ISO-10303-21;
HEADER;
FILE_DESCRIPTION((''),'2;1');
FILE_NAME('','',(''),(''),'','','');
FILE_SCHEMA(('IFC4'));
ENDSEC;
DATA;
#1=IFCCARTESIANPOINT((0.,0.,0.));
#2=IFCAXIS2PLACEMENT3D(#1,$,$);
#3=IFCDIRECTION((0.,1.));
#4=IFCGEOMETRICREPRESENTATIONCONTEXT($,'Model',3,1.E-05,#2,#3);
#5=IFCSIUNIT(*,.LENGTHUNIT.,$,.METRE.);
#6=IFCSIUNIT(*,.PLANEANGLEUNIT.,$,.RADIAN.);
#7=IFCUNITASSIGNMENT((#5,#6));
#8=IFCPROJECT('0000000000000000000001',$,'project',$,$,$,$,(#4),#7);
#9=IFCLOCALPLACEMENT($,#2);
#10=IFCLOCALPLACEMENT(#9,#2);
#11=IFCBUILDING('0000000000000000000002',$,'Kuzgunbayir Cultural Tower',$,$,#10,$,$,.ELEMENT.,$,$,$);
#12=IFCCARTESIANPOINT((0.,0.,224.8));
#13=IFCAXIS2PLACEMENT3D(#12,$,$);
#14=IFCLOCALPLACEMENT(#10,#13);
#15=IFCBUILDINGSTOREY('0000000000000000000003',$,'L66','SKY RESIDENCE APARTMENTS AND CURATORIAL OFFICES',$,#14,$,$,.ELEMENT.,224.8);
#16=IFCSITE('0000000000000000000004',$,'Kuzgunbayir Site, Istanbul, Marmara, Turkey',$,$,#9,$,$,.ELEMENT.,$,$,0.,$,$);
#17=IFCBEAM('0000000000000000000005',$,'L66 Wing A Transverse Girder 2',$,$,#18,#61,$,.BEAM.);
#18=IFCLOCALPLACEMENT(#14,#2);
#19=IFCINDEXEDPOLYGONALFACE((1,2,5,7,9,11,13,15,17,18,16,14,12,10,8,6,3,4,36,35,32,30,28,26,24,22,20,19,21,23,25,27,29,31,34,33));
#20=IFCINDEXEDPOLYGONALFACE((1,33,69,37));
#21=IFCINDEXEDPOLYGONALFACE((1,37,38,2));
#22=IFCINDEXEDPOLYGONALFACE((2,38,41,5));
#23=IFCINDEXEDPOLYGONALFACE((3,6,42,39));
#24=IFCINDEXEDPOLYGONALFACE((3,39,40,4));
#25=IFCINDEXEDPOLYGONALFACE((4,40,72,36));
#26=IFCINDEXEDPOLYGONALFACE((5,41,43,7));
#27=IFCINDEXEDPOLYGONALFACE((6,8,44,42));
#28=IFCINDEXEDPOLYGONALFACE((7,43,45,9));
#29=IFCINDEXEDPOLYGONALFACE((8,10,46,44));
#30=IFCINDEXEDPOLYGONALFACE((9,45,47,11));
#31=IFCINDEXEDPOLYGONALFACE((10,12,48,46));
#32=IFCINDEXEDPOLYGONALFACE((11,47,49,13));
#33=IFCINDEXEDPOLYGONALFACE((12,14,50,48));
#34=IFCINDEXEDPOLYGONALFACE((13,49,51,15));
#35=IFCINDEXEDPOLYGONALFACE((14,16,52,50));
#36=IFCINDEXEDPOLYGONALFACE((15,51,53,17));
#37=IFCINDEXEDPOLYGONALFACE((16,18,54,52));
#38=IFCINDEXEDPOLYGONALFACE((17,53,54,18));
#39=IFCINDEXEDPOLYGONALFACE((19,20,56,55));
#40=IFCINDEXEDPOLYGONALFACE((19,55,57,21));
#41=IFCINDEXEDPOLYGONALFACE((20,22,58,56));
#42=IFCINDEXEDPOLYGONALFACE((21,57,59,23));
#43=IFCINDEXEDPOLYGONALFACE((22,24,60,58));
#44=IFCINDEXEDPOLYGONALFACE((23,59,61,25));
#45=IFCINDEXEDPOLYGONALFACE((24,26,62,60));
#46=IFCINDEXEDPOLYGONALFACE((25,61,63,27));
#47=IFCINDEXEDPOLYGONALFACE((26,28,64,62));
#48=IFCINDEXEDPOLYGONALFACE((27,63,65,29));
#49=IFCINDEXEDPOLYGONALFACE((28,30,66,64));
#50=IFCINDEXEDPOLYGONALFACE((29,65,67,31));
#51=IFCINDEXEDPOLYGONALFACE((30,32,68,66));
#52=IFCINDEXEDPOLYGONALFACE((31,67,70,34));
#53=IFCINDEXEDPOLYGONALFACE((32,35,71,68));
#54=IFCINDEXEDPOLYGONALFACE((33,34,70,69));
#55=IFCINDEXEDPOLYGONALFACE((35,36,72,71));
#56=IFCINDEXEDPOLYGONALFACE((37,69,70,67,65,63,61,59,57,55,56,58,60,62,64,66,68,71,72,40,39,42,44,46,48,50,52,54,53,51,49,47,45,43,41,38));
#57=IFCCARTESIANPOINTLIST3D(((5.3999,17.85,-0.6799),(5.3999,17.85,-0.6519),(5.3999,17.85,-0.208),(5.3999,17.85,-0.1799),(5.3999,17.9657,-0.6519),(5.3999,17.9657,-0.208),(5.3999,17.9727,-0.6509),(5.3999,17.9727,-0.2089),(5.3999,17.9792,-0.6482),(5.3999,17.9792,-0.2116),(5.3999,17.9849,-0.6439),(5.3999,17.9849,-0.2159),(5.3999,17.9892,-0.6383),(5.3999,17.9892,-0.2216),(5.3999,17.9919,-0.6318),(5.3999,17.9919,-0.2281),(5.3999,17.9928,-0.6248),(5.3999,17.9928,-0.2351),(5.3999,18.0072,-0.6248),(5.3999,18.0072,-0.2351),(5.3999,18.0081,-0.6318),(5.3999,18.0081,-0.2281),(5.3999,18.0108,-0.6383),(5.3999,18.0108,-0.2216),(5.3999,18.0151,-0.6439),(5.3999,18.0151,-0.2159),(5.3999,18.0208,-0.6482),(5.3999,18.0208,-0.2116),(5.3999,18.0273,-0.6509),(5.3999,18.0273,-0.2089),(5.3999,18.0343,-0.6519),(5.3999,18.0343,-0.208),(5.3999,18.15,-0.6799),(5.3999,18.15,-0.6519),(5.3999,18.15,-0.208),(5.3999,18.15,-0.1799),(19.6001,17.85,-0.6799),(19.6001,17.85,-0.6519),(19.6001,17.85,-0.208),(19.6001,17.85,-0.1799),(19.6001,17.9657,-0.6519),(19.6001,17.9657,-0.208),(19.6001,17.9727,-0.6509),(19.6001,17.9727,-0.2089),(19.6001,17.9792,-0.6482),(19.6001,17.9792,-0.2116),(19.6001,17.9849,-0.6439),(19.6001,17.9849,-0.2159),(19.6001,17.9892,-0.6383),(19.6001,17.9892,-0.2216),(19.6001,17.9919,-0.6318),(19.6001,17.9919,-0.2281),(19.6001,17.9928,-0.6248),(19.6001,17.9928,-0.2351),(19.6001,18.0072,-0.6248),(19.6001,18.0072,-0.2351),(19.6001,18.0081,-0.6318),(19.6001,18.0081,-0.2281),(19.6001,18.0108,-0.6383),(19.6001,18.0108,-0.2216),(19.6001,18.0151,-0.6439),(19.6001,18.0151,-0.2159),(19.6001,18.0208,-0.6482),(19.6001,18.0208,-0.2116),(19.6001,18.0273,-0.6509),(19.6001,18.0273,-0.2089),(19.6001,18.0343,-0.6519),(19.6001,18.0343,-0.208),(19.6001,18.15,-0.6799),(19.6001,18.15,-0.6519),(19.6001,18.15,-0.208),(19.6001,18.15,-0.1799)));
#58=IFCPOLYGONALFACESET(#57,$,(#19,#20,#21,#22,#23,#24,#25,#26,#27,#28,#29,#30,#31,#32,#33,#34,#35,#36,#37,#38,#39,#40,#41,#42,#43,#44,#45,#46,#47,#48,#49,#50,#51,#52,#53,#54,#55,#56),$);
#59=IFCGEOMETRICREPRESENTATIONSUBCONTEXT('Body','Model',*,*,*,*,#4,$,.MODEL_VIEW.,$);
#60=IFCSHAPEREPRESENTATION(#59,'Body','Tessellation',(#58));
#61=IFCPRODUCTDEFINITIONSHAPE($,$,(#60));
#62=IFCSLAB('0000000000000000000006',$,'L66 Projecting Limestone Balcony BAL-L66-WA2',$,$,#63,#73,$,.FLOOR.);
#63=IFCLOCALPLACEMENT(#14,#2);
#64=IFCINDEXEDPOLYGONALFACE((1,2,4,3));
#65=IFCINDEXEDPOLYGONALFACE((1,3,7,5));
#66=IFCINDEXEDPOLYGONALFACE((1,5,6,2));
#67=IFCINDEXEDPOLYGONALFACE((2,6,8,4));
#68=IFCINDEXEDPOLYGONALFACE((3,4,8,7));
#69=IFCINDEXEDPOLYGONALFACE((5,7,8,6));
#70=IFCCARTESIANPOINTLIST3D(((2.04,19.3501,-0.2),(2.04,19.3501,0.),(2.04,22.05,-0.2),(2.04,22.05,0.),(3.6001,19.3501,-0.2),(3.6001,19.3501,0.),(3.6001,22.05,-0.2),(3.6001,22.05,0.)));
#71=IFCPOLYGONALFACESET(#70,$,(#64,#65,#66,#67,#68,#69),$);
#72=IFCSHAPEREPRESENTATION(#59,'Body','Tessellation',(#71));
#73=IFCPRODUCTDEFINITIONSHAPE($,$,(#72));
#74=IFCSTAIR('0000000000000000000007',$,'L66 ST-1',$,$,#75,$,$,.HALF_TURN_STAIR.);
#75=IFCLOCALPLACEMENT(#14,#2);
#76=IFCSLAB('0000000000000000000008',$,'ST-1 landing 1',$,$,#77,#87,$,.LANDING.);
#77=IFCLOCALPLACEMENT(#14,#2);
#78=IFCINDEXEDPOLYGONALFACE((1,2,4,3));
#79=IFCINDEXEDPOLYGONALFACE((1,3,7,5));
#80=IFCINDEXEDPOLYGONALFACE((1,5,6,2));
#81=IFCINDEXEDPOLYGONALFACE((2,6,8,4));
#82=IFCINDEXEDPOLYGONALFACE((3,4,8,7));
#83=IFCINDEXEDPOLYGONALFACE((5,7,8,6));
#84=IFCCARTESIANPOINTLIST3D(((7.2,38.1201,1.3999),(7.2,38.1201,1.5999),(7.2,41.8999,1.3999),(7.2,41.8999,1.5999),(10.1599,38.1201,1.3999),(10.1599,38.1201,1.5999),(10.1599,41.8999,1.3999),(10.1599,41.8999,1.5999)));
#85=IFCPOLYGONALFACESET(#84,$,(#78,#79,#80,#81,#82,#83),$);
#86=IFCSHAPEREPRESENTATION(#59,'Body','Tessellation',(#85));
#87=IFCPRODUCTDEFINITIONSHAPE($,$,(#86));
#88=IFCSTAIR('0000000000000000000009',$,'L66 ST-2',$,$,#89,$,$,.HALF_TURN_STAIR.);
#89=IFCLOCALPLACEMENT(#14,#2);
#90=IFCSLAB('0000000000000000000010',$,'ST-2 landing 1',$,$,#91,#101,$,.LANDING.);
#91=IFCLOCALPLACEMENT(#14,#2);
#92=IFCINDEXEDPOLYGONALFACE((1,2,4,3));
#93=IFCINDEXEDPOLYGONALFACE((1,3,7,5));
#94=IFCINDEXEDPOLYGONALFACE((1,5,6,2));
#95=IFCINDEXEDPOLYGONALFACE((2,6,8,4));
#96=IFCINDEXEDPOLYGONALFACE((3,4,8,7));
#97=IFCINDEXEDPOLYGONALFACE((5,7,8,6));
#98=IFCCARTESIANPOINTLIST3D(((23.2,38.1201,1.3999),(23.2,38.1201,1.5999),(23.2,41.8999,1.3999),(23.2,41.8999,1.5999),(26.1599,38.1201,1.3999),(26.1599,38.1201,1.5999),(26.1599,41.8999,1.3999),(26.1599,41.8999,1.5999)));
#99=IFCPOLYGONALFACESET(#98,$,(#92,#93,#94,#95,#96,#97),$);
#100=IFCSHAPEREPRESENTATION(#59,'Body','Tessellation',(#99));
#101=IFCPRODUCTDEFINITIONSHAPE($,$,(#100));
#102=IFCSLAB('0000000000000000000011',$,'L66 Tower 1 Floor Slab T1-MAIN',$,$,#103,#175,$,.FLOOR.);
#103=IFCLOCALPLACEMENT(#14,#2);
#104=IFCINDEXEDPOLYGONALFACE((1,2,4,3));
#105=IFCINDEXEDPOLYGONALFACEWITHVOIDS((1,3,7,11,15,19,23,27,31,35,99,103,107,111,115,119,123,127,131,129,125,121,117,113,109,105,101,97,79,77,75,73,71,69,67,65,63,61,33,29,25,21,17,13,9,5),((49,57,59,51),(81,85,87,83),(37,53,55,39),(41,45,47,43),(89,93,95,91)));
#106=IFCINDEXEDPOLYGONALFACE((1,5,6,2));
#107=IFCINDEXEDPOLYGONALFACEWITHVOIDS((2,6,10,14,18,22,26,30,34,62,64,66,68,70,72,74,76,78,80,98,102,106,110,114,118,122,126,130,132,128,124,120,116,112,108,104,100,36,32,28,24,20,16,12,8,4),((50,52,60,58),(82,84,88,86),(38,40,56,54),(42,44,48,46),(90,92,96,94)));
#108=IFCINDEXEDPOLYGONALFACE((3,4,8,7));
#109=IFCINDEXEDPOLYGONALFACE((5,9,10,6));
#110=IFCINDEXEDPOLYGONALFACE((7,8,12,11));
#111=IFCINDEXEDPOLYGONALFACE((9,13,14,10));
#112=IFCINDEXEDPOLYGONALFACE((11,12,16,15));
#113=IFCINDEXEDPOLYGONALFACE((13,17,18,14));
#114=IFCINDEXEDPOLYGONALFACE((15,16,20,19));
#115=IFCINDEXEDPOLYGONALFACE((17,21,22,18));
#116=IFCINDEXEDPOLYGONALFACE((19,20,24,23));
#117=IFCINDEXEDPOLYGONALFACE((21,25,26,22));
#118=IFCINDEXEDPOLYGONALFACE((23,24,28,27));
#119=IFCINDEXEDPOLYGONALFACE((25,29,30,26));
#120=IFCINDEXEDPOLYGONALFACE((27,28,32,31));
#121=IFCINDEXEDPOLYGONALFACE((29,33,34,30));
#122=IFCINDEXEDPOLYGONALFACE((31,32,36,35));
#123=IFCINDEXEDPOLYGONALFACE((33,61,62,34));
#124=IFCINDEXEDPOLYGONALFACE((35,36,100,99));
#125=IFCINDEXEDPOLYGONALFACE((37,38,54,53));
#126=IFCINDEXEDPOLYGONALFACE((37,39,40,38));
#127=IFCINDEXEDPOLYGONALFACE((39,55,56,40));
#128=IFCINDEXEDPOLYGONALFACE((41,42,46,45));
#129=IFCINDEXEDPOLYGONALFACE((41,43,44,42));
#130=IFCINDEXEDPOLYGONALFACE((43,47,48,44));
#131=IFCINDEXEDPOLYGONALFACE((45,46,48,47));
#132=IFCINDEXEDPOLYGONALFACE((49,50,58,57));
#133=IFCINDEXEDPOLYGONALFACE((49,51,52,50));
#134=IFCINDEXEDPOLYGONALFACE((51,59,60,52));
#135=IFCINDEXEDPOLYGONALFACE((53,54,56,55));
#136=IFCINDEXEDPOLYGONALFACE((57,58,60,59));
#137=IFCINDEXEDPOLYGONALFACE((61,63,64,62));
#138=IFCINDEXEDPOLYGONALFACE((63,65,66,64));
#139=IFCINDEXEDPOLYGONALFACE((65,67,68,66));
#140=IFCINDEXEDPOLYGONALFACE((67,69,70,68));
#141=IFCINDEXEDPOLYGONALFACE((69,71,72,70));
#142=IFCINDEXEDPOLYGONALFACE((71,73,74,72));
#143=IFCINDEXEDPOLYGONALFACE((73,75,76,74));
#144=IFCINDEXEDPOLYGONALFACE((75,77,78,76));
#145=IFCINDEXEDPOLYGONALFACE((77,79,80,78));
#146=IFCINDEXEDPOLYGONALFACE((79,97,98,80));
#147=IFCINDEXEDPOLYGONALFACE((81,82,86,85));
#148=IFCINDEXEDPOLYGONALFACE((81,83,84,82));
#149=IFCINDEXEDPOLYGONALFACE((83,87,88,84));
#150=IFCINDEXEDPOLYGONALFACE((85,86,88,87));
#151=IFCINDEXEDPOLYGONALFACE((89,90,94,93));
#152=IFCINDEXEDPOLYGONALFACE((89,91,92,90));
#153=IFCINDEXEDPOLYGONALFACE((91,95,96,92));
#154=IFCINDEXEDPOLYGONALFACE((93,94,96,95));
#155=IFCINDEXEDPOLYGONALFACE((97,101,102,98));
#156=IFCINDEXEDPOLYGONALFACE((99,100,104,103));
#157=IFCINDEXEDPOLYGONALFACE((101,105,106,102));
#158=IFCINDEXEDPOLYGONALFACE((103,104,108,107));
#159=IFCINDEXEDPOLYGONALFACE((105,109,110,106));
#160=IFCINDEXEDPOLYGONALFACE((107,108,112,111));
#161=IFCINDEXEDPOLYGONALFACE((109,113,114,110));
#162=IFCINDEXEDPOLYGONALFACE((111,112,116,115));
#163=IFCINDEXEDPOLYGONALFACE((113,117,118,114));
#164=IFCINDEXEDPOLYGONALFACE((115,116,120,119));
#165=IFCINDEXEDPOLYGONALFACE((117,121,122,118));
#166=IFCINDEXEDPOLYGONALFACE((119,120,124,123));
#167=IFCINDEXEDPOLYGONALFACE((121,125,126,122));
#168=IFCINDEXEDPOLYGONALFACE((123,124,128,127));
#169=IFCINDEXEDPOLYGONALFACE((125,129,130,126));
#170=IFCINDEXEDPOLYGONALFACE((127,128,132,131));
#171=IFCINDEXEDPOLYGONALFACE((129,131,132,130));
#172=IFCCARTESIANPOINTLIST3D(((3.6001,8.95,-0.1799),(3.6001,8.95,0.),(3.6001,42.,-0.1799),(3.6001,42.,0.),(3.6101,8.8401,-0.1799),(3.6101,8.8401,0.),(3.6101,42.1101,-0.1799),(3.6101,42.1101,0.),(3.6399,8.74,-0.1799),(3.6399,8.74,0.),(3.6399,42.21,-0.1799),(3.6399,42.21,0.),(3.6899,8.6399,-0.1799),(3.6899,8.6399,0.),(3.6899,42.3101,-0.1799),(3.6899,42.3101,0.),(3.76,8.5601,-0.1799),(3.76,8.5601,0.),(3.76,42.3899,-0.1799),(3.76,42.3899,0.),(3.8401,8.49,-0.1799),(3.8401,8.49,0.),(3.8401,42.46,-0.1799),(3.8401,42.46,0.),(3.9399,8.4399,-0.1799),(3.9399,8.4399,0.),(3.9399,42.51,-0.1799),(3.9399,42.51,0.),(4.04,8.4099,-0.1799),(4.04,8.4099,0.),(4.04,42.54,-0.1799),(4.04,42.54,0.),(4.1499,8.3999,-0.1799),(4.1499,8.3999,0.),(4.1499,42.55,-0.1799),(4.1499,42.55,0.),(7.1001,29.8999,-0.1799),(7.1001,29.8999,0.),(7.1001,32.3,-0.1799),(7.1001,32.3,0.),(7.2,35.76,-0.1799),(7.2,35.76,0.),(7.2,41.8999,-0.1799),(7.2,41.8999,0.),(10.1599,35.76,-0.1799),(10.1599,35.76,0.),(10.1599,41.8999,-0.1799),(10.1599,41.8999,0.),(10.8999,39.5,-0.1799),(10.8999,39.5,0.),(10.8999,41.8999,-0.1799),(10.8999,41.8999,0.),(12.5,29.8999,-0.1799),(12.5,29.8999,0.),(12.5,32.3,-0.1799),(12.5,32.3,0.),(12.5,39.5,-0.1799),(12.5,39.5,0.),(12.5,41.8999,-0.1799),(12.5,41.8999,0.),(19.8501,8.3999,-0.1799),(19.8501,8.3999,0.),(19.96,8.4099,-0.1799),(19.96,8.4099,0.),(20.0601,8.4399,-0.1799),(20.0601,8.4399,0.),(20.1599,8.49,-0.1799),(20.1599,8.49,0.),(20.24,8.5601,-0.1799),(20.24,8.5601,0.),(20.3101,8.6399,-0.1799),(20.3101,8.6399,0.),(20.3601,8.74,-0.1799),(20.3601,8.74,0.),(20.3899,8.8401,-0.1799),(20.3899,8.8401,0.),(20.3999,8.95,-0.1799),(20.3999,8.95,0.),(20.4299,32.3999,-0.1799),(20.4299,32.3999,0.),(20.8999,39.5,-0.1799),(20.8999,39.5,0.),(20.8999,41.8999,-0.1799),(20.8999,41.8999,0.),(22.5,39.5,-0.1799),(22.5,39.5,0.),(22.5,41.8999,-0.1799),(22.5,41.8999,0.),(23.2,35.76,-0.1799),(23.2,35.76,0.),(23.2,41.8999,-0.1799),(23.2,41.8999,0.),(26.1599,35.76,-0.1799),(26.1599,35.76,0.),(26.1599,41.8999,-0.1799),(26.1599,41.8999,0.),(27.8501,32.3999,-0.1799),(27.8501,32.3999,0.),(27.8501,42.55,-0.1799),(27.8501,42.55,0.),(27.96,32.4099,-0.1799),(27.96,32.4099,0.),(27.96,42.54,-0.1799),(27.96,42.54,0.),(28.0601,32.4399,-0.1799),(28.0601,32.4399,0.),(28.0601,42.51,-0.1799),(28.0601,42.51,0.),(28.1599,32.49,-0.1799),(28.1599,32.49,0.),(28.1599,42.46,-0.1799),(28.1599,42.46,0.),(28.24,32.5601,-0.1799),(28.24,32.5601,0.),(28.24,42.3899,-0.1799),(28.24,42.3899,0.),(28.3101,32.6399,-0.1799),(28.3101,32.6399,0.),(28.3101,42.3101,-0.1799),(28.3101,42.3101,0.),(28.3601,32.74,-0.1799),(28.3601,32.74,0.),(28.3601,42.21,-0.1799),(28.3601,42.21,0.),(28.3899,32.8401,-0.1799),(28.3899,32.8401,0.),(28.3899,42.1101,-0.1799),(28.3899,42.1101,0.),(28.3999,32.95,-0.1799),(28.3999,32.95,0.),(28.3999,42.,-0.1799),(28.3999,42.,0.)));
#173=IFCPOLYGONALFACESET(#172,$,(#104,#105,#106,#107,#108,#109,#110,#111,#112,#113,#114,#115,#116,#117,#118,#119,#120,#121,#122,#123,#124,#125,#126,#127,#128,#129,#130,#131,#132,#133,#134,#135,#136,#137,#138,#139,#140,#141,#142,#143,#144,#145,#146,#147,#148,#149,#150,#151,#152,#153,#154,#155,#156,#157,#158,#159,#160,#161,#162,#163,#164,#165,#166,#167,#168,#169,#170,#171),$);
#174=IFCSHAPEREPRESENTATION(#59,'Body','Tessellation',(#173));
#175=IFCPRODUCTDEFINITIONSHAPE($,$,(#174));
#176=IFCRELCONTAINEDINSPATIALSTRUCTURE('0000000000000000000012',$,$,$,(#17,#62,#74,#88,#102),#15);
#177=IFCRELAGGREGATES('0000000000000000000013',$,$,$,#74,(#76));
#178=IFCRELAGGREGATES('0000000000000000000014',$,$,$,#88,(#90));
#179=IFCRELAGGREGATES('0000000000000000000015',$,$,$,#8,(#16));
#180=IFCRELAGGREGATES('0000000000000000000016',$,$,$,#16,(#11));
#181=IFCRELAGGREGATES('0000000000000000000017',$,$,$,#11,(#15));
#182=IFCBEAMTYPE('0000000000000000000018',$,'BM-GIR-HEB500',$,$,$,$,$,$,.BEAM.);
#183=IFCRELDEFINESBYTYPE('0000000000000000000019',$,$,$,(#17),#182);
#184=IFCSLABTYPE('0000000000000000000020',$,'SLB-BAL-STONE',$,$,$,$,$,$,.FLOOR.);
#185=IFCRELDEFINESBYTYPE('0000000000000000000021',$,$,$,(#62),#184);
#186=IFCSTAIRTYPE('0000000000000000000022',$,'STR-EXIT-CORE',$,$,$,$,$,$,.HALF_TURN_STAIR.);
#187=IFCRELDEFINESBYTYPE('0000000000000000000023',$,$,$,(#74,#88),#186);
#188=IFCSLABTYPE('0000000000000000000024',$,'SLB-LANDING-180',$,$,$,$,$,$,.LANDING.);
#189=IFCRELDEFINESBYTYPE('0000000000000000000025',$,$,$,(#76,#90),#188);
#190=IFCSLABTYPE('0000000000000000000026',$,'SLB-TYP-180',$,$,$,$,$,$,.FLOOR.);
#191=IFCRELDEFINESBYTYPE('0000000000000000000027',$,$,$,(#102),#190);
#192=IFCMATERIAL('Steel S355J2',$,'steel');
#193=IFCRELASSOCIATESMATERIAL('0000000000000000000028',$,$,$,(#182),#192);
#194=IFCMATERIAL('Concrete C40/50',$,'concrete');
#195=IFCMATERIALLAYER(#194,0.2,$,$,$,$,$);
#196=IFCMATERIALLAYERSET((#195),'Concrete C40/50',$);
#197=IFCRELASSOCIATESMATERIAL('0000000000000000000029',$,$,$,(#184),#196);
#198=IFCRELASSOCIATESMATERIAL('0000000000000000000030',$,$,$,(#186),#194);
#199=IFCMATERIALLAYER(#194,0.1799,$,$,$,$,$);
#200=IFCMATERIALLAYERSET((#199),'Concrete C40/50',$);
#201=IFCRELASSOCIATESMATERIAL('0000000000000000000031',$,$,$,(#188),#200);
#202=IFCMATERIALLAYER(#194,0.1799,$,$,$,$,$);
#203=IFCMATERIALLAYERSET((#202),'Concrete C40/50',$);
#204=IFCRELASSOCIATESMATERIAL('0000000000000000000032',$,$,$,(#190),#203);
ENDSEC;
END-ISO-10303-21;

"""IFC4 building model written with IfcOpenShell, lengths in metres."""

from ifc_helpers import new_model, si_unit, direction, frame, origin, origin_2d, place, context, subcontext, project, spatial, polyline, i_section, outline, extrude, material, layer, layer_set, material_profile, profile_set, type_object, element, aggregate, save


model = new_model("IFC4")

# Units and contexts
model_context = context("Model", 3, precision=1e-05, world=origin(), true_north=direction((0.0, 1.0)))
body_context = subcontext(model_context, "Body", "Model", "MODEL_VIEW")
ifc_project = project(units=[si_unit("LENGTHUNIT", "METRE"), si_unit("PLANEANGLEUNIT", "RADIAN")], contexts=[model_context])

# Site, building, storey
site_placement = place(None, origin())
site = spatial("IfcSite", under=ifc_project, at=site_placement, Name="Kuzgunbayir Site, Istanbul, Marmara, Turkey", CompositionType="ELEMENT", RefElevation=0.0)
building_placement = place(site_placement, origin())
building = spatial("IfcBuilding", under=site, at=building_placement, Name="Kuzgunbayir Cultural Tower", CompositionType="ELEMENT")
storey_placement = place(building_placement, frame((0.0, 0.0, 224.8)))
storey = spatial("IfcBuildingStorey", under=building, at=storey_placement, Name="L66", Description="SKY RESIDENCE APARTMENTS AND CURATORIAL OFFICES", CompositionType="ELEMENT", Elevation=224.8)

# Beam
ifc_material_1 = material(Name="Steel S355J2", Category="steel")
ifc_material_profile_1 = material_profile(ifc_material_1, i_section(OverallWidth=0.3, OverallDepth=0.5, WebThickness=0.0144, FlangeThickness=0.0281, FilletRadius=0.0271, at=origin_2d()), Name="HEB 500")
ifc_profile_set_1 = profile_set([ifc_material_profile_1], Name="Steel S355J2")
beam_type_1 = type_object("IfcBeamType", Name="BM-GIR-HEB500", PredefinedType="BEAM", material=ifc_profile_set_1)
for number, where, z_axis, x_axis, name in (
    (1, (5.3999, 18.0, -0.4299), (1.0, 0.0, 0.0), (0.0, 1.0, 0.0), "L66 Wing A Transverse Girder 2"),
):
    element("IfcBeam", number, at=place(storey_placement, frame(where, z_axis=z_axis, x_axis=x_axis)), inside=storey, type_object=beam_type_1, Name=name, PredefinedType="BEAM", context=body_context, shape_type="SweptSolid", body=[
        extrude(i_section(OverallWidth=0.3, OverallDepth=0.5, WebThickness=0.0144, FlangeThickness=0.0281, FilletRadius=0.0271, at=origin_2d()), origin(), (0.0, 0.0, 1.0), 14.2002),
    ])

# Slab
ifc_material_2 = material(Name="Concrete C40/50", Category="concrete")
ifc_layer_1 = layer(ifc_material_2, 0.2)
ifc_layer_set_1 = layer_set([ifc_layer_1], Name="Concrete C40/50")
slab_type_1 = type_object("IfcSlabType", Name="SLB-BAL-STONE", PredefinedType="FLOOR", material=ifc_layer_set_1)
slab_1_placement = place(storey_placement, frame((0.0, 0.0, -0.2)))
element("IfcSlab", 2, at=slab_1_placement, inside=storey, type_object=slab_type_1, Name="L66 Projecting Limestone Balcony BAL-L66-WA2", PredefinedType="FLOOR", context=body_context, shape_type="SweptSolid", body=[
    extrude(outline(polyline([(2.04, 19.3501), (3.6001, 19.3501), (3.6001, 22.05), (2.04, 22.05), (2.04, 19.3501)])), origin(), (0.0, 0.0, 1.0), 0.2),
])

# Stairs, slabs
stair_type = type_object("IfcStairType", Name="STR-EXIT-CORE", PredefinedType="HALF_TURN_STAIR", material=ifc_material_2)
stair_1_placement = place(storey_placement, origin())
stair_1 = element("IfcStair", 3, at=stair_1_placement, inside=storey, type_object=stair_type, Name="L66 ST-1", PredefinedType="HALF_TURN_STAIR")
ifc_layer_2 = layer(ifc_material_2, 0.1799)
ifc_layer_set_2 = layer_set([ifc_layer_2], Name="Concrete C40/50")
slab_type_2 = type_object("IfcSlabType", Name="SLB-LANDING-180", PredefinedType="LANDING", material=ifc_layer_set_2)
slab_2_placement = place(storey_placement, frame((0.0, 0.0, 1.3999)))
slab_2 = element("IfcSlab", 4, at=slab_2_placement, type_object=slab_type_2, Name="ST-1 landing 1", PredefinedType="LANDING", context=body_context, shape_type="SweptSolid", body=[
    extrude(outline(polyline([(10.1599, 38.1201), (10.1599, 41.8999), (7.2, 41.8999), (7.2, 38.1201), (10.1599, 38.1201)])), origin(), (0.0, 0.0, 1.0), 0.2),
])
aggregate(stair_1, [slab_2])
stair_2_placement = place(storey_placement, origin())
stair_2 = element("IfcStair", 5, at=stair_2_placement, inside=storey, type_object=stair_type, Name="L66 ST-2", PredefinedType="HALF_TURN_STAIR")
slab_3_placement = place(storey_placement, frame((0.0, 0.0, 1.3999)))
slab_3 = element("IfcSlab", 6, at=slab_3_placement, type_object=slab_type_2, Name="ST-2 landing 1", PredefinedType="LANDING", context=body_context, shape_type="SweptSolid", body=[
    extrude(outline(polyline([(26.1599, 38.1201), (26.1599, 41.8999), (23.2, 41.8999), (23.2, 38.1201), (26.1599, 38.1201)])), origin(), (0.0, 0.0, 1.0), 0.2),
])
aggregate(stair_2, [slab_3])

# Slab
ifc_layer_3 = layer(ifc_material_2, 0.1799)
ifc_layer_set_3 = layer_set([ifc_layer_3], Name="Concrete C40/50")
slab_type_3 = type_object("IfcSlabType", Name="SLB-TYP-180", PredefinedType="FLOOR", material=ifc_layer_set_3)
slab_4_placement = place(storey_placement, frame((0.0, 0.0, -0.1799)))
element("IfcSlab", 7, at=slab_4_placement, inside=storey, type_object=slab_type_3, Name="L66 Tower 1 Floor Slab T1-MAIN", PredefinedType="FLOOR", context=body_context, shape_type="SweptSolid", body=[
    extrude(outline(polyline([(20.3999, 8.95), (20.3899, 8.8401), (20.3601, 8.74), (20.3101, 8.6399), (20.24, 8.5601), (20.1599, 8.49), (20.0601, 8.4399), (19.96, 8.4099), (19.8501, 8.3999), (4.1499, 8.3999), (4.04, 8.4099), (3.9399, 8.4399), (3.8401, 8.49), (3.76, 8.5601), (3.6899, 8.6399), (3.6399, 8.74), (3.6101, 8.8401), (3.6001, 8.95), (3.6001, 42.0), (3.6101, 42.1101), (3.6399, 42.21), (3.6899, 42.3101), (3.76, 42.3899), (3.8401, 42.46), (3.9399, 42.51), (4.04, 42.54), (4.1499, 42.55), (27.8501, 42.55), (27.96, 42.54), (28.0601, 42.51), (28.1599, 42.46), (28.24, 42.3899), (28.3101, 42.3101), (28.3601, 42.21), (28.3899, 42.1101), (28.3999, 42.0), (28.3999, 32.95), (28.3899, 32.8401), (28.3601, 32.74), (28.3101, 32.6399), (28.24, 32.5601), (28.1599, 32.49), (28.0601, 32.4399), (27.96, 32.4099), (27.8501, 32.3999), (20.4299, 32.3999), (20.3999, 8.95)]), holes=[polyline([(7.2, 35.76), (7.2, 41.8999), (10.1599, 41.8999), (10.1599, 35.76), (7.2, 35.76)]), polyline([(23.2, 35.76), (23.2, 41.8999), (26.1599, 41.8999), (26.1599, 35.76), (23.2, 35.76)]), polyline([(7.1001, 29.8999), (7.1001, 32.3), (12.5, 32.3), (12.5, 29.8999), (7.1001, 29.8999)]), polyline([(10.8999, 39.5), (10.8999, 41.8999), (12.5, 41.8999), (12.5, 39.5), (10.8999, 39.5)]), polyline([(20.8999, 39.5), (20.8999, 41.8999), (22.5, 41.8999), (22.5, 39.5), (20.8999, 39.5)])]), origin(), (0.0, 0.0, 1.0), 0.1799),
])

save(model, "model.ifc")
